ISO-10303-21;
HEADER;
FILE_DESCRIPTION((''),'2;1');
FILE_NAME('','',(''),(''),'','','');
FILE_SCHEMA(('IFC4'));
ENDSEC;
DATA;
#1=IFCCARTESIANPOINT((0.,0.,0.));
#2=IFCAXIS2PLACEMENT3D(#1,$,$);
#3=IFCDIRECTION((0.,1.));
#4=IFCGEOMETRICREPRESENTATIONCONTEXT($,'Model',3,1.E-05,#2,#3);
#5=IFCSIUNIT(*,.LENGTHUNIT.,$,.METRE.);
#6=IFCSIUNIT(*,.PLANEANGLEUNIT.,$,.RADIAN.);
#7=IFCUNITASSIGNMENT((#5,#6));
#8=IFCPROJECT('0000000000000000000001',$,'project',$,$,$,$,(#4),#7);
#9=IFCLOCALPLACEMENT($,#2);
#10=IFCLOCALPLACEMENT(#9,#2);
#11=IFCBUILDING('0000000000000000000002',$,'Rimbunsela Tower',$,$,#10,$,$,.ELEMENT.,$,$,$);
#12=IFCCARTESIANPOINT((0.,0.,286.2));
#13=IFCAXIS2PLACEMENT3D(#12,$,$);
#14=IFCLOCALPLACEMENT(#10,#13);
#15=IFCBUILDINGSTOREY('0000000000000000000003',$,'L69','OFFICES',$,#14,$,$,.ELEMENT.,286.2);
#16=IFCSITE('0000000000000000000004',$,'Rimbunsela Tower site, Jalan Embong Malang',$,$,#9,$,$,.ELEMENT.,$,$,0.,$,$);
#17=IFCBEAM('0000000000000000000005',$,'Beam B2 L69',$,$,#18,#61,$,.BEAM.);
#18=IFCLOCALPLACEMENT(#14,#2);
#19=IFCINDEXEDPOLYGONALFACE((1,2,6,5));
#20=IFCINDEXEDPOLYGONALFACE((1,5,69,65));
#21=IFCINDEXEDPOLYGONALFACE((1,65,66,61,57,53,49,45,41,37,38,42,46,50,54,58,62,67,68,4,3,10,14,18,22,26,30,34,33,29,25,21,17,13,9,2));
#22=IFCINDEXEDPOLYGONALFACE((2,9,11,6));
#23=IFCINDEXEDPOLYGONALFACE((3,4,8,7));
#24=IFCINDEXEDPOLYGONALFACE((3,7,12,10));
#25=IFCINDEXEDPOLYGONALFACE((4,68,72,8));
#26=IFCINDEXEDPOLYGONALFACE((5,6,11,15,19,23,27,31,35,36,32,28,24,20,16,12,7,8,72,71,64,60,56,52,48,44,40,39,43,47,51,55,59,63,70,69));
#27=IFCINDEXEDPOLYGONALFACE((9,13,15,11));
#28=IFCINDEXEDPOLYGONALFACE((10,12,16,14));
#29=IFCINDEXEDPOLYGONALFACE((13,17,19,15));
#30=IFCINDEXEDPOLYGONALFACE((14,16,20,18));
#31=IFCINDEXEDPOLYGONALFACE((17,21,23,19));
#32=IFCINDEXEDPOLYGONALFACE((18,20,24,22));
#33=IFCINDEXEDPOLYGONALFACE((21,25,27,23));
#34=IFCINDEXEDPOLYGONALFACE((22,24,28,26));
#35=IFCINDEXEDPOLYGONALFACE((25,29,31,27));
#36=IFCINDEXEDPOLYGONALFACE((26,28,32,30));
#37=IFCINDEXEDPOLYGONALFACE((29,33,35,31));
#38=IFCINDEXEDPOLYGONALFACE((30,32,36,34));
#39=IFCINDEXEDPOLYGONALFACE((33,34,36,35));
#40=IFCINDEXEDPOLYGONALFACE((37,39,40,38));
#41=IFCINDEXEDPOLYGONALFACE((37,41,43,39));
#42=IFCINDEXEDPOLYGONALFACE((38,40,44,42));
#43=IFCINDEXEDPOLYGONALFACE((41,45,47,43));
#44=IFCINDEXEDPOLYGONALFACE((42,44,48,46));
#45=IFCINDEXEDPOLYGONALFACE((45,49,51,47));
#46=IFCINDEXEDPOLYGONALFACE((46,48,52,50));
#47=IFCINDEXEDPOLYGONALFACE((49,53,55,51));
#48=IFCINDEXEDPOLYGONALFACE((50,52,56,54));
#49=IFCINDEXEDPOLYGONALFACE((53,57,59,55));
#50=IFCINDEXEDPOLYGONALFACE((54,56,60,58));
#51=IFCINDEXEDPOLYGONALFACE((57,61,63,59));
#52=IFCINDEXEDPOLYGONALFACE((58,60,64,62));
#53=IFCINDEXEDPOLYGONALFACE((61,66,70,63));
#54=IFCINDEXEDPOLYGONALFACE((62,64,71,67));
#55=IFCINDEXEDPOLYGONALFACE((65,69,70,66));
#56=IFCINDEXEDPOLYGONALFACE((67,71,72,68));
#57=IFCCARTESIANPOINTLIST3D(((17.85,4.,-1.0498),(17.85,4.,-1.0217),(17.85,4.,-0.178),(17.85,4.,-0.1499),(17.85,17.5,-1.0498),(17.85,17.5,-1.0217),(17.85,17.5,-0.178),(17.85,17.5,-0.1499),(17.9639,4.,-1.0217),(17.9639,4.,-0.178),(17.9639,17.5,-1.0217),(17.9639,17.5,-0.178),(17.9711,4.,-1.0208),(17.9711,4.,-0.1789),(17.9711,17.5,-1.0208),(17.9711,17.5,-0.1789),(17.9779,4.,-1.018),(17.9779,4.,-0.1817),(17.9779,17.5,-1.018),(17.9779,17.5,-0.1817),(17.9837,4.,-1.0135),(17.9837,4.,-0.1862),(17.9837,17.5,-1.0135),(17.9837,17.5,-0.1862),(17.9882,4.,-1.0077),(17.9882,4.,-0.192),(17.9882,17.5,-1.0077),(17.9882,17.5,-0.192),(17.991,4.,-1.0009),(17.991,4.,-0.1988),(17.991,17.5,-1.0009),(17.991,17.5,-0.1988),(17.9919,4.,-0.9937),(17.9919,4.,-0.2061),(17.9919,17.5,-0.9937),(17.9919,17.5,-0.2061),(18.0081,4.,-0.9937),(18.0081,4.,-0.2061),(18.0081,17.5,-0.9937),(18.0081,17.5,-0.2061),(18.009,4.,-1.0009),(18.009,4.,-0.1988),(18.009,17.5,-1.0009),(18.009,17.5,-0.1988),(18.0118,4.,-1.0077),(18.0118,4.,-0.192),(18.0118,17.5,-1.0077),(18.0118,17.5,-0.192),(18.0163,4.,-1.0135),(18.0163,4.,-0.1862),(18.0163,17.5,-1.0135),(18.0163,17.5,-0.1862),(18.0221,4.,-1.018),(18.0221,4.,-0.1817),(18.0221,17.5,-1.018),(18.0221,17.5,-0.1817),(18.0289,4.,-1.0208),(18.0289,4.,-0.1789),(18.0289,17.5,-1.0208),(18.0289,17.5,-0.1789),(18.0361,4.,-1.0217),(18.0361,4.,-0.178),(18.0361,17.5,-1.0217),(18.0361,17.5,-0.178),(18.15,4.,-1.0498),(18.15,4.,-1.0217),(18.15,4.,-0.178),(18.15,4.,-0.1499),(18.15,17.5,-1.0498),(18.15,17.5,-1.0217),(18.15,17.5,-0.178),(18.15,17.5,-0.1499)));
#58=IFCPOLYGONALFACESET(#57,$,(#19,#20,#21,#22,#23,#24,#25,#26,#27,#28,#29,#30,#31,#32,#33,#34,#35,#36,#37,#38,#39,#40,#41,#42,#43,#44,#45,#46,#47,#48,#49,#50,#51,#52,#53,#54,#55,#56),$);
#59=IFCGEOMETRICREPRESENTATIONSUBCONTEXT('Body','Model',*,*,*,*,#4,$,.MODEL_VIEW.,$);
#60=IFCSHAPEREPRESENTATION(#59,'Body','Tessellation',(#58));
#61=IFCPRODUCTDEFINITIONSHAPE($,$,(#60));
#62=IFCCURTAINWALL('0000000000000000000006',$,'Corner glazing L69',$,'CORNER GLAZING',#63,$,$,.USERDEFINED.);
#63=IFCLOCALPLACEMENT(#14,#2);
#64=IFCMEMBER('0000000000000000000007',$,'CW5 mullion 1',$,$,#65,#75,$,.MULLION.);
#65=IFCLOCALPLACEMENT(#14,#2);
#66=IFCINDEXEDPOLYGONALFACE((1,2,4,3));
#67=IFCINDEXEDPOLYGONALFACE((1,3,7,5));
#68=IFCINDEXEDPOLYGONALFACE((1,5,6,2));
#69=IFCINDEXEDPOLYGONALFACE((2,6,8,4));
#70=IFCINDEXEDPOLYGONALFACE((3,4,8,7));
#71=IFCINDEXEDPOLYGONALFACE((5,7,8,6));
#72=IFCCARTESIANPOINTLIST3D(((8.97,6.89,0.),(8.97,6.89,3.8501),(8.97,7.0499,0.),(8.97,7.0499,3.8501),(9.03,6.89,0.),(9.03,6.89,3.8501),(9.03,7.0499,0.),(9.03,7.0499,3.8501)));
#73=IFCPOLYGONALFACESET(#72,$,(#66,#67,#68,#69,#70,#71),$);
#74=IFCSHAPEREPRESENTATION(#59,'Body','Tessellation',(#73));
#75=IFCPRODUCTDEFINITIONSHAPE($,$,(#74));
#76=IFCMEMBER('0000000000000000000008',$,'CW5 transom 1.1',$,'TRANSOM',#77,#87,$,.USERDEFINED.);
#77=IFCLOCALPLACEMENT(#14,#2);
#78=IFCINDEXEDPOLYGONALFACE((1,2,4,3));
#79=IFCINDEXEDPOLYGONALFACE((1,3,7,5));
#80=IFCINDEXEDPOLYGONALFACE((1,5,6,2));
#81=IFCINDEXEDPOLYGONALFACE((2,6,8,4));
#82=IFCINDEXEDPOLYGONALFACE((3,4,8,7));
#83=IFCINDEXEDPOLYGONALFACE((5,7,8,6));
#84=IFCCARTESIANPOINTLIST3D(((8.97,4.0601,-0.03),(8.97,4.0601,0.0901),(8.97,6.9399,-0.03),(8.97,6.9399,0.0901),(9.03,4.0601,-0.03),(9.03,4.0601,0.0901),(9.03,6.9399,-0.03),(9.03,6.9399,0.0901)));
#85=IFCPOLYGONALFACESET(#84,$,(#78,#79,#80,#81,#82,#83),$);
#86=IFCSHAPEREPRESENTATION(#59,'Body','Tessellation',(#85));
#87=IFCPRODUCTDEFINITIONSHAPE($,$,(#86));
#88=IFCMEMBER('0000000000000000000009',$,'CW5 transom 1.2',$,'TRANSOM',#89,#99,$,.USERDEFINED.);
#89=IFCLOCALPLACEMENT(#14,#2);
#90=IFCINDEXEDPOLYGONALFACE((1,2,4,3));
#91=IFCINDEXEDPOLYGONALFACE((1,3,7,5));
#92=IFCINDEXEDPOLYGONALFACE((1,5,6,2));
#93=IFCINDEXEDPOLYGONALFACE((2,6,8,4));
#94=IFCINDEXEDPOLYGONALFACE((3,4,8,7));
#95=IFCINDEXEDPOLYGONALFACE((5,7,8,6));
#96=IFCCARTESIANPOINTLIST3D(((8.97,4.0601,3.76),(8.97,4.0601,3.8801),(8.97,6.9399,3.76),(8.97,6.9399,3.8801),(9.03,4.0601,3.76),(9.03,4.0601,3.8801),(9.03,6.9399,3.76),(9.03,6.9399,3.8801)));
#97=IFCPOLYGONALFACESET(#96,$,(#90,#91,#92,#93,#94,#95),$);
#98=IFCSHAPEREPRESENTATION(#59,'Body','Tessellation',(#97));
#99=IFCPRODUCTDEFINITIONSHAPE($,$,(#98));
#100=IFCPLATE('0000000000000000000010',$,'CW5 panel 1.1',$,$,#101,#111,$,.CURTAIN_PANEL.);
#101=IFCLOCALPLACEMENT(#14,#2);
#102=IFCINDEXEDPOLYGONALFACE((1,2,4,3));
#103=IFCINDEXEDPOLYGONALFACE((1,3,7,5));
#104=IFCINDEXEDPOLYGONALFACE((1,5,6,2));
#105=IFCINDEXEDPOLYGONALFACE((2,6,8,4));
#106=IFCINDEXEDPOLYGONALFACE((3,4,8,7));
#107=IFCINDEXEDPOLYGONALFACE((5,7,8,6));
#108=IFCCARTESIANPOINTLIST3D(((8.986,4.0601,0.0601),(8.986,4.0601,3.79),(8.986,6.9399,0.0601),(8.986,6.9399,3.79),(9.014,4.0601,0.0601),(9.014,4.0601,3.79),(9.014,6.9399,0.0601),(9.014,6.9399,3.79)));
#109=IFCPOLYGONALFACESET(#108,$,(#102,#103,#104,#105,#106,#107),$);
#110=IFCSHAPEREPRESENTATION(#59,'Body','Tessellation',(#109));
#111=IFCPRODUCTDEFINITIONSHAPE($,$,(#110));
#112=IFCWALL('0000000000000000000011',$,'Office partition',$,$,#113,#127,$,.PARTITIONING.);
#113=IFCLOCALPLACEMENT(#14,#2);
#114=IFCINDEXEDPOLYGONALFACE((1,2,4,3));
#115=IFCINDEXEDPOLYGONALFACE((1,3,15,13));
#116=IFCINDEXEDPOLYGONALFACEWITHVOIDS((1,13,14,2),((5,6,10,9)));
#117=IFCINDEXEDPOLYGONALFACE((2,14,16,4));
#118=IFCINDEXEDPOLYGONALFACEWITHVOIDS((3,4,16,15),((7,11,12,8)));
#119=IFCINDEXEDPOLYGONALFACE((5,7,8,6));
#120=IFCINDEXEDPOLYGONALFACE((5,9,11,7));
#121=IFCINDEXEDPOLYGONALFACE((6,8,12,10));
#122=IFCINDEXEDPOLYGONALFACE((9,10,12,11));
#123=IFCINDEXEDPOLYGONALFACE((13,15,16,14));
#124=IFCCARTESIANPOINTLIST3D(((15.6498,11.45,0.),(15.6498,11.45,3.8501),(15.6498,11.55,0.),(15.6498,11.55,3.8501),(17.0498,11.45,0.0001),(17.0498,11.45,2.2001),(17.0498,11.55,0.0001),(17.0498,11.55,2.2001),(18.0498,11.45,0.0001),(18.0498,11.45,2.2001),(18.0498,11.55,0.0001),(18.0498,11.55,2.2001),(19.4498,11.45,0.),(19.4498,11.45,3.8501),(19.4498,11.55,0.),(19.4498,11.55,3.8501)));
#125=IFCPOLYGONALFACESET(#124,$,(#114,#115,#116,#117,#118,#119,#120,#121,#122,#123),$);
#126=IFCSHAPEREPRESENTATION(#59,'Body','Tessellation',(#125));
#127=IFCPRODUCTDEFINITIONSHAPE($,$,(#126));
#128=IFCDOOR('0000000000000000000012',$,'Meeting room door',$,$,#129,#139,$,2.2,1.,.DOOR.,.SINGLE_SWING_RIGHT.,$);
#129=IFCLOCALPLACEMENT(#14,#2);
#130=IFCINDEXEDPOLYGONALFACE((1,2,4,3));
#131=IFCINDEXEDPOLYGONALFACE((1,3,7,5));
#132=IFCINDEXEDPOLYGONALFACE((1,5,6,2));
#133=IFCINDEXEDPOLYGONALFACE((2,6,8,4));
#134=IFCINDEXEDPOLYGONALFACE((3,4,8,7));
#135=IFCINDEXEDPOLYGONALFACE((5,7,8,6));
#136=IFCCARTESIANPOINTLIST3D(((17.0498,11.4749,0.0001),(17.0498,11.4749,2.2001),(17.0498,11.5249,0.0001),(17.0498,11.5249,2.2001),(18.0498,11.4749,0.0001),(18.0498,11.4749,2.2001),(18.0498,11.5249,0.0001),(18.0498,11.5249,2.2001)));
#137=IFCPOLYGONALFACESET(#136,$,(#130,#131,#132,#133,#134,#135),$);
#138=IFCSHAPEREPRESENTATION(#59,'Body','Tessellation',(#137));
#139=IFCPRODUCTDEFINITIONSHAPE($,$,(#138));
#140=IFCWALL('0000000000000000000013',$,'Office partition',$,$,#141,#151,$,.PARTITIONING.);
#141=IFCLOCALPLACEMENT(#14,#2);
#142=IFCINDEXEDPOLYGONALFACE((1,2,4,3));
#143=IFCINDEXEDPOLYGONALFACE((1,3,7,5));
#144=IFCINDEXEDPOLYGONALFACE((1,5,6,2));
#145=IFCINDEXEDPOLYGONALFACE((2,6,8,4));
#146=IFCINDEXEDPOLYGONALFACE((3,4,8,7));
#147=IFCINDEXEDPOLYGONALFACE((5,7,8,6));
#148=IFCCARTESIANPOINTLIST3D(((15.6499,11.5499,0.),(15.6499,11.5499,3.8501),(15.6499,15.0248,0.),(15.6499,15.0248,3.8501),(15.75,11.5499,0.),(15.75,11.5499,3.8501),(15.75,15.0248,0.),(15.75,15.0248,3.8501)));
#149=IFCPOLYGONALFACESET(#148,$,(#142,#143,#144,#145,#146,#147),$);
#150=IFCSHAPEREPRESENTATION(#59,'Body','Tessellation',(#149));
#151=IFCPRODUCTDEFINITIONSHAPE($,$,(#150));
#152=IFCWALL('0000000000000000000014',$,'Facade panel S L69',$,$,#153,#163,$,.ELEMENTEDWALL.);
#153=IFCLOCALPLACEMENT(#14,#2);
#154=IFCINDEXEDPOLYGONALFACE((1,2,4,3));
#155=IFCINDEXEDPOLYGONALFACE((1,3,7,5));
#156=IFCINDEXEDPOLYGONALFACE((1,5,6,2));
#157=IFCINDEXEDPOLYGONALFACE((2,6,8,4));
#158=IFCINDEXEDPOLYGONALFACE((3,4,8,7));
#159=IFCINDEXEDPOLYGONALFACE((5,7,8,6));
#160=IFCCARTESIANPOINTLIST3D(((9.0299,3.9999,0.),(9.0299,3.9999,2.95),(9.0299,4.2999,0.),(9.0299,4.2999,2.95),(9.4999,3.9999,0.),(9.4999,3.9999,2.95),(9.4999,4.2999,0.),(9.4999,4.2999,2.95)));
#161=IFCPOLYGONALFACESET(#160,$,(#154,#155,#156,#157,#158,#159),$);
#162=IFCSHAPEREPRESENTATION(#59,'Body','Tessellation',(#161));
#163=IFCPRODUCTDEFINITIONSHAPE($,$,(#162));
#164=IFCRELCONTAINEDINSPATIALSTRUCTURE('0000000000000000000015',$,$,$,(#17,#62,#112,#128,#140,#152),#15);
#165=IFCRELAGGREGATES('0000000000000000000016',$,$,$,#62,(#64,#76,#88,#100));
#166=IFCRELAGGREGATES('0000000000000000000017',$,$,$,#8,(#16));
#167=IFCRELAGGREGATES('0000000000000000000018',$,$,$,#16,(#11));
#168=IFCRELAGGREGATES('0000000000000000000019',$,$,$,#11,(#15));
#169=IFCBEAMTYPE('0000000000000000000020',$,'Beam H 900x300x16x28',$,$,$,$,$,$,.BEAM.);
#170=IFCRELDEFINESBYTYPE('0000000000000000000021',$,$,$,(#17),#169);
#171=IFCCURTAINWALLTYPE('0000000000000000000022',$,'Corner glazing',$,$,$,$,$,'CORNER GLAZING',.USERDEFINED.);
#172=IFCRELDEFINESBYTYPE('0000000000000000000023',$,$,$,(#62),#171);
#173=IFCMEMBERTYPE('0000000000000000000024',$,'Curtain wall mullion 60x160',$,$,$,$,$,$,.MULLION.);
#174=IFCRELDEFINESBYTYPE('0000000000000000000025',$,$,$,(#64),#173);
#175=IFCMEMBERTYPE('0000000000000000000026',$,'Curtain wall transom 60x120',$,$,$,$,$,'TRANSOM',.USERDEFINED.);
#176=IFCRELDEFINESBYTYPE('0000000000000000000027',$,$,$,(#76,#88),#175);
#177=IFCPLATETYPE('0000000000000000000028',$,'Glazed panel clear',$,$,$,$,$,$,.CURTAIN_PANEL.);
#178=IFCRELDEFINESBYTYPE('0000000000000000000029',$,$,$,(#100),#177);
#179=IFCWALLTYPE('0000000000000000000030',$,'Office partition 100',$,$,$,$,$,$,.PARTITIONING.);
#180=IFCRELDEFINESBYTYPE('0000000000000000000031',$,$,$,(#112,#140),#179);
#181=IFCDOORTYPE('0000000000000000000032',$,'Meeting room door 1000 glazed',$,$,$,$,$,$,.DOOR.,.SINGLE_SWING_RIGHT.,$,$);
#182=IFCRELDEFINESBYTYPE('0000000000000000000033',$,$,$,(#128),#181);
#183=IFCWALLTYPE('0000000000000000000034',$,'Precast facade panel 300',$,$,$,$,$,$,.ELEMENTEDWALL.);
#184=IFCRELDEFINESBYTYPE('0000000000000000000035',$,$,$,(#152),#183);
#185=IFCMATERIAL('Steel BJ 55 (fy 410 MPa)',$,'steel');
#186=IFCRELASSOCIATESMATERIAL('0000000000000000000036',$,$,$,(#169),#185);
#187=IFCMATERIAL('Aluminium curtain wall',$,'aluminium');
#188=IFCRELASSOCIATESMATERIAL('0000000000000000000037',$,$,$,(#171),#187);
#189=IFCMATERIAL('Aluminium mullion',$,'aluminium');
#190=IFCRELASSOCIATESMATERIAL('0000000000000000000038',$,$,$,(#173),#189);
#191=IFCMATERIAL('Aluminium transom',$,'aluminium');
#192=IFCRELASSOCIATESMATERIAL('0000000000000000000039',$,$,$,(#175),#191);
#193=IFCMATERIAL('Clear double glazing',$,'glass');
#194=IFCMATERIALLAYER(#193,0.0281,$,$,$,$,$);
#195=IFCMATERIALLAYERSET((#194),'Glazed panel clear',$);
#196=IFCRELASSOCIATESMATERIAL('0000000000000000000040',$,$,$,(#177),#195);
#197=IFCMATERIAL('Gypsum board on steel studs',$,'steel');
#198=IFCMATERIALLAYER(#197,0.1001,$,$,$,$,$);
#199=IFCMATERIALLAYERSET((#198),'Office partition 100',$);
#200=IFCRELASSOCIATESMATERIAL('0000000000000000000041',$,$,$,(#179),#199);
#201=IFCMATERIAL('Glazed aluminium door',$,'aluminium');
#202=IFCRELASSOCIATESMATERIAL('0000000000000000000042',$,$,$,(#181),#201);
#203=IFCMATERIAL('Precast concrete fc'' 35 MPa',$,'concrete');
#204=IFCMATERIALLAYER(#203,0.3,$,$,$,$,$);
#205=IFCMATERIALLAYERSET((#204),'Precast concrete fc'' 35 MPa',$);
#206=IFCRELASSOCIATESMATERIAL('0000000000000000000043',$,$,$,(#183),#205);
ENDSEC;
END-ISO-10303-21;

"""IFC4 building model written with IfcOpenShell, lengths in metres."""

from ifc_helpers import new_model, si_unit, direction, frame, frame_2d, origin, origin_2d, place, context, subcontext, project, spatial, rectangle, i_section, extrude, material, layer, layer_set, material_profile, profile_set, type_object, element, fill, aggregate, save


model = new_model("IFC4")

# Units and contexts
model_context = context("Model", 3, precision=1e-05, world=origin(), true_north=direction((0.0, 1.0)))
body_context = subcontext(model_context, "Body", "Model", "MODEL_VIEW")
ifc_project = project(units=[si_unit("LENGTHUNIT", "METRE"), si_unit("PLANEANGLEUNIT", "RADIAN")], contexts=[model_context])

# Site, building, storey
site_placement = place(None, origin())
site = spatial("IfcSite", under=ifc_project, at=site_placement, Name="Rimbunsela Tower site, Jalan Embong Malang", CompositionType="ELEMENT", RefElevation=0.0)
building_placement = place(site_placement, origin())
building = spatial("IfcBuilding", under=site, at=building_placement, Name="Rimbunsela Tower", CompositionType="ELEMENT")
storey_placement = place(building_placement, frame((0.0, 0.0, 286.2)))
storey = spatial("IfcBuildingStorey", under=building, at=storey_placement, Name="L69", Description="OFFICES", CompositionType="ELEMENT", Elevation=286.2)

# Beam
ifc_material_1 = material(Name="Steel BJ 55 (fy 410 MPa)", Category="steel")
ifc_material_profile_1 = material_profile(ifc_material_1, i_section(OverallWidth=0.3, OverallDepth=0.8999, WebThickness=0.0161, FlangeThickness=0.0281, FilletRadius=0.0281, at=origin_2d()), Name="H 900x300x16x28")
ifc_profile_set_1 = profile_set([ifc_material_profile_1], Name="Steel BJ 55 (fy 410 MPa)")
beam_type_1 = type_object("IfcBeamType", Name="Beam H 900x300x16x28", PredefinedType="BEAM", material=ifc_profile_set_1)
beam_placement = place(storey_placement, frame((18.0, 4.0, -0.5999), z_axis=(0.0, 1.0, 0.0), x_axis=(-1.0, 0.0, 0.0)))
element("IfcBeam", 1, at=beam_placement, inside=storey, type_object=beam_type_1, Name="Beam B2 L69", PredefinedType="BEAM", context=body_context, shape_type="SweptSolid", body=[
    extrude(i_section(OverallWidth=0.3, OverallDepth=0.8999, WebThickness=0.0161, FlangeThickness=0.0281, FilletRadius=0.0281, at=origin_2d()), origin(), (0.0, 0.0, 1.0), 13.5),
])

# Curtain wall, members, plate
ifc_material_2 = material(Name="Aluminium curtain wall", Category="aluminium")
curtain_wall_type = type_object("IfcCurtainWallType", Name="Corner glazing", ElementType="CORNER GLAZING", PredefinedType="USERDEFINED", material=ifc_material_2)
curtain_wall_placement = place(storey_placement, origin())
curtain_wall = element("IfcCurtainWall", 2, at=curtain_wall_placement, inside=storey, type_object=curtain_wall_type, Name="Corner glazing L69", ObjectType="CORNER GLAZING", PredefinedType="USERDEFINED")
ifc_material_3 = material(Name="Aluminium mullion", Category="aluminium")
ifc_material_profile_2 = material_profile(ifc_material_3, rectangle(XDim=0.0601, YDim=0.1599, at=origin_2d()), Name="Mullion 60x160")
ifc_profile_set_2 = profile_set([ifc_material_profile_2], Name="Aluminium mullion")
member_type_1 = type_object("IfcMemberType", Name="Curtain wall mullion 60x160", PredefinedType="MULLION", material=ifc_profile_set_2)
member_1_placement = place(storey_placement, frame((9.0, 6.97, 0.0), z_axis=(0.0, 0.0, 1.0), x_axis=(1.0, 0.0, 0.0)))
member_1 = element("IfcMember", 3, at=member_1_placement, type_object=member_type_1, Name="CW5 mullion 1", PredefinedType="MULLION", context=body_context, shape_type="SweptSolid", body=[
    extrude(rectangle(XDim=0.0601, YDim=0.1599, at=origin_2d()), origin(), (0.0, 0.0, 1.0), 3.8501),
])
ifc_material_4 = material(Name="Aluminium transom", Category="aluminium")
ifc_material_profile_3 = material_profile(ifc_material_4, rectangle(XDim=0.0601, YDim=0.1201, at=origin_2d()), Name="Transom 60x120")
ifc_profile_set_3 = profile_set([ifc_material_profile_3], Name="Aluminium transom")
member_type_2 = type_object("IfcMemberType", Name="Curtain wall transom 60x120", ElementType="TRANSOM", PredefinedType="USERDEFINED", material=ifc_profile_set_3)
member_2_placement = place(storey_placement, frame((9.0, 6.9399, 0.03), z_axis=(0.0, -1.0, 0.0), x_axis=(1.0, 0.0, 0.0)))
member_2 = element("IfcMember", 4, at=member_2_placement, type_object=member_type_2, Name="CW5 transom 1.1", ObjectType="TRANSOM", PredefinedType="USERDEFINED", context=body_context, shape_type="SweptSolid", body=[
    extrude(rectangle(XDim=0.0601, YDim=0.1201, at=origin_2d()), origin(), (0.0, 0.0, 1.0), 2.8799),
])
member_3_placement = place(storey_placement, frame((9.0, 6.9399, 3.8201), z_axis=(0.0, -1.0, 0.0), x_axis=(1.0, 0.0, 0.0)))
member_3 = element("IfcMember", 5, at=member_3_placement, type_object=member_type_2, Name="CW5 transom 1.2", ObjectType="TRANSOM", PredefinedType="USERDEFINED", context=body_context, shape_type="SweptSolid", body=[
    extrude(rectangle(XDim=0.0601, YDim=0.1201, at=origin_2d()), origin(), (0.0, 0.0, 1.0), 2.8799),
])
ifc_material_5 = material(Name="Clear double glazing", Category="glass")
ifc_layer_1 = layer(ifc_material_5, 0.0281)
ifc_layer_set_1 = layer_set([ifc_layer_1], Name="Glazed panel clear")
plate_type = type_object("IfcPlateType", Name="Glazed panel clear", PredefinedType="CURTAIN_PANEL", material=ifc_layer_set_1)
plate_placement = place(storey_placement, frame((9.0, 5.5, 0.0601), z_axis=(0.0, 0.0, 1.0), x_axis=(0.0, -1.0, 0.0)))
plate = element("IfcPlate", 6, at=plate_placement, type_object=plate_type, Name="CW5 panel 1.1", PredefinedType="CURTAIN_PANEL", context=body_context, shape_type="SweptSolid", body=[
    extrude(rectangle(XDim=2.8799, YDim=0.0281, at=origin_2d()), origin(), (0.0, 0.0, 1.0), 3.73),
])
aggregate(curtain_wall, [member_1, member_2, member_3, plate])

# Wall, opening, door
ifc_material_6 = material(Name="Gypsum board on steel studs", Category="steel")
ifc_layer_2 = layer(ifc_material_6, 0.1001)
ifc_layer_set_2 = layer_set([ifc_layer_2], Name="Office partition 100")
wall_type_1 = type_object("IfcWallType", Name="Office partition 100", PredefinedType="PARTITIONING", material=ifc_layer_set_2)
wall_1_placement = place(storey_placement, frame((15.6499, 11.5, 0.0), z_axis=(0.0, 0.0, 1.0), x_axis=(1.0, 0.0, 0.0)))
wall_1 = element("IfcWall", 7, at=wall_1_placement, inside=storey, type_object=wall_type_1, Name="Office partition", PredefinedType="PARTITIONING", context=body_context, shape_type="SweptSolid", body=[
    extrude(rectangle(XDim=3.8, YDim=0.1001, at=frame_2d((1.8999, 0.0))), origin(), (0.0, 0.0, 1.0), 3.8501),
])
opening_1_placement = place(wall_1_placement, frame((1.3999, 0.0, 0.0)))
opening_1 = element("IfcOpeningElement", 8, at=opening_1_placement, cuts=wall_1, PredefinedType="OPENING", context=body_context, shape_type="SweptSolid", body=[
    extrude(rectangle(XDim=1.0, YDim=2.2, at=frame_2d((0.5, 1.1001))), frame((0.0, 0.0601, 0.0), z_axis=(0.0, -1.0, 0.0), x_axis=(1.0, 0.0, 0.0)), (0.0, 0.0, 1.0), 0.1201),
])
ifc_material_7 = material(Name="Glazed aluminium door", Category="aluminium")
door_type_1 = type_object("IfcDoorType", Name="Meeting room door 1000 glazed", OperationType="SINGLE_SWING_RIGHT", PredefinedType="DOOR", material=ifc_material_7)
door_1_placement = place(opening_1_placement, origin())
door_1 = element("IfcDoor", 9, at=door_1_placement, inside=storey, type_object=door_type_1, Name="Meeting room door", OperationType="SINGLE_SWING_RIGHT", OverallHeight=2.2, OverallWidth=1.0, PredefinedType="DOOR", context=body_context, shape_type="SweptSolid", body=[
    extrude(rectangle(XDim=1.0, YDim=2.2, at=frame_2d((0.5, 1.1001))), frame((0.0, 0.0249, 0.0), z_axis=(0.0, -1.0, 0.0), x_axis=(1.0, 0.0, 0.0)), (0.0, 0.0, 1.0), 0.05),
])
fill(opening_1, door_1)

# Walls
wall_2_placement = place(storey_placement, frame((15.7, 11.55, 0.0), z_axis=(0.0, 0.0, 1.0), x_axis=(0.0, 1.0, 0.0)))
element("IfcWall", 10, at=wall_2_placement, inside=storey, type_object=wall_type_1, Name="Office partition", PredefinedType="PARTITIONING", context=body_context, shape_type="SweptSolid", body=[
    extrude(rectangle(XDim=3.4749, YDim=0.1001, at=frame_2d((1.7373, 0.0))), origin(), (0.0, 0.0, 1.0), 3.8501),
])
ifc_material_8 = material(Name="Precast concrete fc' 35 MPa", Category="concrete")
ifc_layer_3 = layer(ifc_material_8, 0.3)
ifc_layer_set_3 = layer_set([ifc_layer_3], Name="Precast concrete fc' 35 MPa")
wall_type_2 = type_object("IfcWallType", Name="Precast facade panel 300", PredefinedType="ELEMENTEDWALL", material=ifc_layer_set_3)
wall_3_placement = place(storey_placement, frame((9.03, 4.1499, 0.0), z_axis=(0.0, 0.0, 1.0), x_axis=(1.0, 0.0, 0.0)))
element("IfcWall", 11, at=wall_3_placement, inside=storey, type_object=wall_type_2, Name="Facade panel S L69", PredefinedType="ELEMENTEDWALL", context=body_context, shape_type="SweptSolid", body=[
    extrude(rectangle(XDim=0.47, YDim=0.3, at=frame_2d((0.2349, 0.0))), origin(), (0.0, 0.0, 1.0), 2.95),
])

save(model, "model.ifc")
